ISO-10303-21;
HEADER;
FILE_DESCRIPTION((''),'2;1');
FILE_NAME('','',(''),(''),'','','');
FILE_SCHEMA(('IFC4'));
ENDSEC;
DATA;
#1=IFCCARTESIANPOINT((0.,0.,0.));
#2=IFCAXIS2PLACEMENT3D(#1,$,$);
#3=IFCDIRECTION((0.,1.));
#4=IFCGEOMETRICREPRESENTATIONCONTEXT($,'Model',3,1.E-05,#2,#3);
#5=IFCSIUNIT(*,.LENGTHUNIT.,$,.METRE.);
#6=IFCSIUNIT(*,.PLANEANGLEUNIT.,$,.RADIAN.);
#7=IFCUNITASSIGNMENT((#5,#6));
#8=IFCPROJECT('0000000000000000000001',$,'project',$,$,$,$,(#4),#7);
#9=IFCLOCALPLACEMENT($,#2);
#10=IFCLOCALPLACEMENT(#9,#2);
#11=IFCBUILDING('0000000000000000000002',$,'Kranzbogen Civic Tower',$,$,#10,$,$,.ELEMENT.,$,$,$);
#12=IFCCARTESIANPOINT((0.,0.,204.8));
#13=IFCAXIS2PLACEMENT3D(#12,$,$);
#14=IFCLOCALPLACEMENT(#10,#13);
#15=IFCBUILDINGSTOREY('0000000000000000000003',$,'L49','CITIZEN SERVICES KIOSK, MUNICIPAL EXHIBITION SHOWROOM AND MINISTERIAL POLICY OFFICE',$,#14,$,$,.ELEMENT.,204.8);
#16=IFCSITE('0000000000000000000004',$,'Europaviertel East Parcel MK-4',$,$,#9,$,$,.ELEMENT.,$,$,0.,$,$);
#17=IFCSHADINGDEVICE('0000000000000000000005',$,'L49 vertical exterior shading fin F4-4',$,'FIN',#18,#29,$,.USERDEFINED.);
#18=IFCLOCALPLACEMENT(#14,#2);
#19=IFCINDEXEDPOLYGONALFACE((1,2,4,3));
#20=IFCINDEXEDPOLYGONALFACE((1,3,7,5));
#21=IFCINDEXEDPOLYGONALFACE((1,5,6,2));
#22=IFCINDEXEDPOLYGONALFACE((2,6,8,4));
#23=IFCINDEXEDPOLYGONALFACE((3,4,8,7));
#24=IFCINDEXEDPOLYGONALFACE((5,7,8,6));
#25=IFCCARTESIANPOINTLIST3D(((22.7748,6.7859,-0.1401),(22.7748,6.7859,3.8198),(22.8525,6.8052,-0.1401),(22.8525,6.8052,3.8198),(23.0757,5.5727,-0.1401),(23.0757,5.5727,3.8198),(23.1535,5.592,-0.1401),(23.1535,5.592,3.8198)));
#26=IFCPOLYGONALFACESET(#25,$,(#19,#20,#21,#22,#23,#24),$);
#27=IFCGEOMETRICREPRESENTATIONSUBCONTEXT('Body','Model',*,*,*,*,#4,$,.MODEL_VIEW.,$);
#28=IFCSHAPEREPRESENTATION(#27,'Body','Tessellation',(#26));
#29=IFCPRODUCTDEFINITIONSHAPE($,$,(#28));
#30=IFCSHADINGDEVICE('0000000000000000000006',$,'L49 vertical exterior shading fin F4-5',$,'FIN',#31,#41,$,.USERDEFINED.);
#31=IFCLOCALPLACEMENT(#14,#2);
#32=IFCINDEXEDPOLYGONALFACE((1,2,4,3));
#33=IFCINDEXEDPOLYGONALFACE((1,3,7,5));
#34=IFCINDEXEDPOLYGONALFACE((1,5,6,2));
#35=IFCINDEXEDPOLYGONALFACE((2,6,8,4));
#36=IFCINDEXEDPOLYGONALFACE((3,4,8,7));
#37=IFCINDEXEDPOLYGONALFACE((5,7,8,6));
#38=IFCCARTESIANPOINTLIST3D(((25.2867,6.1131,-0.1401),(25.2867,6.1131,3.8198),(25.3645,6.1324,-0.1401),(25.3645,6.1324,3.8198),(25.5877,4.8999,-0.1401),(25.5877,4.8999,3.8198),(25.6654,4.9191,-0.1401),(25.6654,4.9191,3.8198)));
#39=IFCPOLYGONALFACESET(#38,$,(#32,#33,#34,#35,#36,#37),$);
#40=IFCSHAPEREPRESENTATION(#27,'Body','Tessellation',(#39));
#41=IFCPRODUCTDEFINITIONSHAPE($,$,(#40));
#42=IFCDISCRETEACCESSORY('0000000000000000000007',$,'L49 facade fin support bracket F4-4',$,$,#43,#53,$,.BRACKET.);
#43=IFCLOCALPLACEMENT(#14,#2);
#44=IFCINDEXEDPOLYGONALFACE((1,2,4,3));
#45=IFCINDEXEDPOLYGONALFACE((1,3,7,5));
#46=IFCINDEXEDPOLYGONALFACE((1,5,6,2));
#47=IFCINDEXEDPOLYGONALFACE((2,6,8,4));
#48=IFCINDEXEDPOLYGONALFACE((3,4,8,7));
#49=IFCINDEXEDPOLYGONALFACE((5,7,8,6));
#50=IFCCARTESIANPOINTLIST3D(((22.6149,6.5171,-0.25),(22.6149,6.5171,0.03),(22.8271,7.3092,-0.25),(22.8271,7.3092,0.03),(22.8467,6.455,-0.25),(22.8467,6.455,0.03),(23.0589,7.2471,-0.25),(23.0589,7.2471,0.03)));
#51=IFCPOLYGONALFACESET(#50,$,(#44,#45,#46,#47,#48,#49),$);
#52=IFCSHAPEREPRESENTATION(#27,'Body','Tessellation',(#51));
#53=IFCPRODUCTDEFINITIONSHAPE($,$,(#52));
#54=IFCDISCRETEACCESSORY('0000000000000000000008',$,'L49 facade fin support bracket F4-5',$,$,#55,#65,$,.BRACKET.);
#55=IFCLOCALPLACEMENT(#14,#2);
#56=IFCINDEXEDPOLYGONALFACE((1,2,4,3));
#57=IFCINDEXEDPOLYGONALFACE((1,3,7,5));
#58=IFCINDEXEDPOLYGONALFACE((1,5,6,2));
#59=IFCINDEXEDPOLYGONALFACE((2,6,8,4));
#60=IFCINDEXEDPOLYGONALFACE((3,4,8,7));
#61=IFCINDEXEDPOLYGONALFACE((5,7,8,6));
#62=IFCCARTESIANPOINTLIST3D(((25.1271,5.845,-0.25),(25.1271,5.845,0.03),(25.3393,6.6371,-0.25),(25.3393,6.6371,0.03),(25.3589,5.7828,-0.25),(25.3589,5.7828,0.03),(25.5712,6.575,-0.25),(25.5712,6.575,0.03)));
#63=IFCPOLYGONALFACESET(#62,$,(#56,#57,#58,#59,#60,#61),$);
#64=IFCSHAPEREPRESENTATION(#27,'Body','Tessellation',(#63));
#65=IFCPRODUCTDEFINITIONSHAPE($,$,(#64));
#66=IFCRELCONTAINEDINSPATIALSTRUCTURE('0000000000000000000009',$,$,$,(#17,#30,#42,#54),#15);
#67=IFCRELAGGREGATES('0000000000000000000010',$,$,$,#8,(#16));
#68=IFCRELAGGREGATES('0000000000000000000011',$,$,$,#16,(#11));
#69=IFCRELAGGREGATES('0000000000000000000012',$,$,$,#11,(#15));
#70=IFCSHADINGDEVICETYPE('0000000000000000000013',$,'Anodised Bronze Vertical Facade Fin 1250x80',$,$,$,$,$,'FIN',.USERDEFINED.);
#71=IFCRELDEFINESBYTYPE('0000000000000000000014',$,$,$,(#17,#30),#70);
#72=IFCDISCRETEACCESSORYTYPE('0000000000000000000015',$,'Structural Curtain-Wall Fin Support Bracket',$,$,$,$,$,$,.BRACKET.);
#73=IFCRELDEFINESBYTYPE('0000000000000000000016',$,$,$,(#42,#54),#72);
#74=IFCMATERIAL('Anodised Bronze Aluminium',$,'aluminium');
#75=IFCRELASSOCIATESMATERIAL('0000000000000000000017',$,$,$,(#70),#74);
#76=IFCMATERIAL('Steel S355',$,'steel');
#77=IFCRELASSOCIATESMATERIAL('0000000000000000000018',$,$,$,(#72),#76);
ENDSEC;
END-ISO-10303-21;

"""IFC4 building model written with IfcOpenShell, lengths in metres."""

from ifc_helpers import new_model, si_unit, direction, frame, origin, origin_2d, place, context, subcontext, project, spatial, rectangle, extrude, material, type_object, element, save


model = new_model("IFC4")

# Units and contexts
model_context = context("Model", 3, precision=1e-05, world=origin(), true_north=direction((0.0, 1.0)))
body_context = subcontext(model_context, "Body", "Model", "MODEL_VIEW")
ifc_project = project(units=[si_unit("LENGTHUNIT", "METRE"), si_unit("PLANEANGLEUNIT", "RADIAN")], contexts=[model_context])

# Site, building, storey
site_placement = place(None, origin())
site = spatial("IfcSite", under=ifc_project, at=site_placement, Name="Europaviertel East Parcel MK-4", CompositionType="ELEMENT", RefElevation=0.0)
building_placement = place(site_placement, origin())
building = spatial("IfcBuilding", under=site, at=building_placement, Name="Kranzbogen Civic Tower", CompositionType="ELEMENT")
storey_placement = place(building_placement, frame((0.0, 0.0, 204.8)))
storey = spatial("IfcBuildingStorey", under=building, at=storey_placement, Name="L49", Description="CITIZEN SERVICES KIOSK, MUNICIPAL EXHIBITION SHOWROOM AND MINISTERIAL POLICY OFFICE", CompositionType="ELEMENT", Elevation=204.8)

# Shared definitions
ifc_material_1 = material(Name="Steel S355", Category="steel")

# Shading devices
ifc_material_2 = material(Name="Anodised Bronze Aluminium", Category="aluminium")
shading_device_type = type_object("IfcShadingDeviceType", Name="Anodised Bronze Vertical Facade Fin 1250x80", ElementType="FIN", PredefinedType="USERDEFINED", material=ifc_material_2)
for number, where, z_axis, x_axis, name in (
    (1, (22.9641, 6.189, -0.1401), (0.0, 0.0, 1.0), (0.24077, -0.970582, 0.0), "L49 vertical exterior shading fin F4-4"),
    (2, (25.4761, 5.5161, -0.1401), (0.0, 0.0, 1.0), (0.24077, -0.970582, 0.0), "L49 vertical exterior shading fin F4-5"),
):
    element("IfcShadingDevice", number, at=place(storey_placement, frame(where, z_axis=z_axis, x_axis=x_axis)), inside=storey, type_object=shading_device_type, Name=name, ObjectType="FIN", PredefinedType="USERDEFINED", context=body_context, shape_type="SweptSolid", body=[
        extrude(rectangle(XDim=1.25, YDim=0.0801, at=origin_2d()), origin(), (0.0, 0.0, 1.0), 3.96),
    ])

# Discrete accessories
discrete_accessory_type = type_object("IfcDiscreteAccessoryType", Name="Structural Curtain-Wall Fin Support Bracket", PredefinedType="BRACKET", material=ifc_material_1)
for number, where, z_axis, x_axis, name in (
    (3, (22.8369, 6.8821, -0.25), (0.0, 0.0, 1.0), (-0.258819, -0.965926, 0.0), "L49 facade fin support bracket F4-4"),
    (4, (25.3491, 6.21, -0.25), (0.0, 0.0, 1.0), (-0.258819, -0.965926, 0.0), "L49 facade fin support bracket F4-5"),
):
    element("IfcDiscreteAccessory", number, at=place(storey_placement, frame(where, z_axis=z_axis, x_axis=x_axis)), inside=storey, type_object=discrete_accessory_type, Name=name, PredefinedType="BRACKET", context=body_context, shape_type="SweptSolid", body=[
        extrude(rectangle(XDim=0.8201, YDim=0.24, at=origin_2d()), origin(), (0.0, 0.0, 1.0), 0.28),
    ])

save(model, "model.ifc")
